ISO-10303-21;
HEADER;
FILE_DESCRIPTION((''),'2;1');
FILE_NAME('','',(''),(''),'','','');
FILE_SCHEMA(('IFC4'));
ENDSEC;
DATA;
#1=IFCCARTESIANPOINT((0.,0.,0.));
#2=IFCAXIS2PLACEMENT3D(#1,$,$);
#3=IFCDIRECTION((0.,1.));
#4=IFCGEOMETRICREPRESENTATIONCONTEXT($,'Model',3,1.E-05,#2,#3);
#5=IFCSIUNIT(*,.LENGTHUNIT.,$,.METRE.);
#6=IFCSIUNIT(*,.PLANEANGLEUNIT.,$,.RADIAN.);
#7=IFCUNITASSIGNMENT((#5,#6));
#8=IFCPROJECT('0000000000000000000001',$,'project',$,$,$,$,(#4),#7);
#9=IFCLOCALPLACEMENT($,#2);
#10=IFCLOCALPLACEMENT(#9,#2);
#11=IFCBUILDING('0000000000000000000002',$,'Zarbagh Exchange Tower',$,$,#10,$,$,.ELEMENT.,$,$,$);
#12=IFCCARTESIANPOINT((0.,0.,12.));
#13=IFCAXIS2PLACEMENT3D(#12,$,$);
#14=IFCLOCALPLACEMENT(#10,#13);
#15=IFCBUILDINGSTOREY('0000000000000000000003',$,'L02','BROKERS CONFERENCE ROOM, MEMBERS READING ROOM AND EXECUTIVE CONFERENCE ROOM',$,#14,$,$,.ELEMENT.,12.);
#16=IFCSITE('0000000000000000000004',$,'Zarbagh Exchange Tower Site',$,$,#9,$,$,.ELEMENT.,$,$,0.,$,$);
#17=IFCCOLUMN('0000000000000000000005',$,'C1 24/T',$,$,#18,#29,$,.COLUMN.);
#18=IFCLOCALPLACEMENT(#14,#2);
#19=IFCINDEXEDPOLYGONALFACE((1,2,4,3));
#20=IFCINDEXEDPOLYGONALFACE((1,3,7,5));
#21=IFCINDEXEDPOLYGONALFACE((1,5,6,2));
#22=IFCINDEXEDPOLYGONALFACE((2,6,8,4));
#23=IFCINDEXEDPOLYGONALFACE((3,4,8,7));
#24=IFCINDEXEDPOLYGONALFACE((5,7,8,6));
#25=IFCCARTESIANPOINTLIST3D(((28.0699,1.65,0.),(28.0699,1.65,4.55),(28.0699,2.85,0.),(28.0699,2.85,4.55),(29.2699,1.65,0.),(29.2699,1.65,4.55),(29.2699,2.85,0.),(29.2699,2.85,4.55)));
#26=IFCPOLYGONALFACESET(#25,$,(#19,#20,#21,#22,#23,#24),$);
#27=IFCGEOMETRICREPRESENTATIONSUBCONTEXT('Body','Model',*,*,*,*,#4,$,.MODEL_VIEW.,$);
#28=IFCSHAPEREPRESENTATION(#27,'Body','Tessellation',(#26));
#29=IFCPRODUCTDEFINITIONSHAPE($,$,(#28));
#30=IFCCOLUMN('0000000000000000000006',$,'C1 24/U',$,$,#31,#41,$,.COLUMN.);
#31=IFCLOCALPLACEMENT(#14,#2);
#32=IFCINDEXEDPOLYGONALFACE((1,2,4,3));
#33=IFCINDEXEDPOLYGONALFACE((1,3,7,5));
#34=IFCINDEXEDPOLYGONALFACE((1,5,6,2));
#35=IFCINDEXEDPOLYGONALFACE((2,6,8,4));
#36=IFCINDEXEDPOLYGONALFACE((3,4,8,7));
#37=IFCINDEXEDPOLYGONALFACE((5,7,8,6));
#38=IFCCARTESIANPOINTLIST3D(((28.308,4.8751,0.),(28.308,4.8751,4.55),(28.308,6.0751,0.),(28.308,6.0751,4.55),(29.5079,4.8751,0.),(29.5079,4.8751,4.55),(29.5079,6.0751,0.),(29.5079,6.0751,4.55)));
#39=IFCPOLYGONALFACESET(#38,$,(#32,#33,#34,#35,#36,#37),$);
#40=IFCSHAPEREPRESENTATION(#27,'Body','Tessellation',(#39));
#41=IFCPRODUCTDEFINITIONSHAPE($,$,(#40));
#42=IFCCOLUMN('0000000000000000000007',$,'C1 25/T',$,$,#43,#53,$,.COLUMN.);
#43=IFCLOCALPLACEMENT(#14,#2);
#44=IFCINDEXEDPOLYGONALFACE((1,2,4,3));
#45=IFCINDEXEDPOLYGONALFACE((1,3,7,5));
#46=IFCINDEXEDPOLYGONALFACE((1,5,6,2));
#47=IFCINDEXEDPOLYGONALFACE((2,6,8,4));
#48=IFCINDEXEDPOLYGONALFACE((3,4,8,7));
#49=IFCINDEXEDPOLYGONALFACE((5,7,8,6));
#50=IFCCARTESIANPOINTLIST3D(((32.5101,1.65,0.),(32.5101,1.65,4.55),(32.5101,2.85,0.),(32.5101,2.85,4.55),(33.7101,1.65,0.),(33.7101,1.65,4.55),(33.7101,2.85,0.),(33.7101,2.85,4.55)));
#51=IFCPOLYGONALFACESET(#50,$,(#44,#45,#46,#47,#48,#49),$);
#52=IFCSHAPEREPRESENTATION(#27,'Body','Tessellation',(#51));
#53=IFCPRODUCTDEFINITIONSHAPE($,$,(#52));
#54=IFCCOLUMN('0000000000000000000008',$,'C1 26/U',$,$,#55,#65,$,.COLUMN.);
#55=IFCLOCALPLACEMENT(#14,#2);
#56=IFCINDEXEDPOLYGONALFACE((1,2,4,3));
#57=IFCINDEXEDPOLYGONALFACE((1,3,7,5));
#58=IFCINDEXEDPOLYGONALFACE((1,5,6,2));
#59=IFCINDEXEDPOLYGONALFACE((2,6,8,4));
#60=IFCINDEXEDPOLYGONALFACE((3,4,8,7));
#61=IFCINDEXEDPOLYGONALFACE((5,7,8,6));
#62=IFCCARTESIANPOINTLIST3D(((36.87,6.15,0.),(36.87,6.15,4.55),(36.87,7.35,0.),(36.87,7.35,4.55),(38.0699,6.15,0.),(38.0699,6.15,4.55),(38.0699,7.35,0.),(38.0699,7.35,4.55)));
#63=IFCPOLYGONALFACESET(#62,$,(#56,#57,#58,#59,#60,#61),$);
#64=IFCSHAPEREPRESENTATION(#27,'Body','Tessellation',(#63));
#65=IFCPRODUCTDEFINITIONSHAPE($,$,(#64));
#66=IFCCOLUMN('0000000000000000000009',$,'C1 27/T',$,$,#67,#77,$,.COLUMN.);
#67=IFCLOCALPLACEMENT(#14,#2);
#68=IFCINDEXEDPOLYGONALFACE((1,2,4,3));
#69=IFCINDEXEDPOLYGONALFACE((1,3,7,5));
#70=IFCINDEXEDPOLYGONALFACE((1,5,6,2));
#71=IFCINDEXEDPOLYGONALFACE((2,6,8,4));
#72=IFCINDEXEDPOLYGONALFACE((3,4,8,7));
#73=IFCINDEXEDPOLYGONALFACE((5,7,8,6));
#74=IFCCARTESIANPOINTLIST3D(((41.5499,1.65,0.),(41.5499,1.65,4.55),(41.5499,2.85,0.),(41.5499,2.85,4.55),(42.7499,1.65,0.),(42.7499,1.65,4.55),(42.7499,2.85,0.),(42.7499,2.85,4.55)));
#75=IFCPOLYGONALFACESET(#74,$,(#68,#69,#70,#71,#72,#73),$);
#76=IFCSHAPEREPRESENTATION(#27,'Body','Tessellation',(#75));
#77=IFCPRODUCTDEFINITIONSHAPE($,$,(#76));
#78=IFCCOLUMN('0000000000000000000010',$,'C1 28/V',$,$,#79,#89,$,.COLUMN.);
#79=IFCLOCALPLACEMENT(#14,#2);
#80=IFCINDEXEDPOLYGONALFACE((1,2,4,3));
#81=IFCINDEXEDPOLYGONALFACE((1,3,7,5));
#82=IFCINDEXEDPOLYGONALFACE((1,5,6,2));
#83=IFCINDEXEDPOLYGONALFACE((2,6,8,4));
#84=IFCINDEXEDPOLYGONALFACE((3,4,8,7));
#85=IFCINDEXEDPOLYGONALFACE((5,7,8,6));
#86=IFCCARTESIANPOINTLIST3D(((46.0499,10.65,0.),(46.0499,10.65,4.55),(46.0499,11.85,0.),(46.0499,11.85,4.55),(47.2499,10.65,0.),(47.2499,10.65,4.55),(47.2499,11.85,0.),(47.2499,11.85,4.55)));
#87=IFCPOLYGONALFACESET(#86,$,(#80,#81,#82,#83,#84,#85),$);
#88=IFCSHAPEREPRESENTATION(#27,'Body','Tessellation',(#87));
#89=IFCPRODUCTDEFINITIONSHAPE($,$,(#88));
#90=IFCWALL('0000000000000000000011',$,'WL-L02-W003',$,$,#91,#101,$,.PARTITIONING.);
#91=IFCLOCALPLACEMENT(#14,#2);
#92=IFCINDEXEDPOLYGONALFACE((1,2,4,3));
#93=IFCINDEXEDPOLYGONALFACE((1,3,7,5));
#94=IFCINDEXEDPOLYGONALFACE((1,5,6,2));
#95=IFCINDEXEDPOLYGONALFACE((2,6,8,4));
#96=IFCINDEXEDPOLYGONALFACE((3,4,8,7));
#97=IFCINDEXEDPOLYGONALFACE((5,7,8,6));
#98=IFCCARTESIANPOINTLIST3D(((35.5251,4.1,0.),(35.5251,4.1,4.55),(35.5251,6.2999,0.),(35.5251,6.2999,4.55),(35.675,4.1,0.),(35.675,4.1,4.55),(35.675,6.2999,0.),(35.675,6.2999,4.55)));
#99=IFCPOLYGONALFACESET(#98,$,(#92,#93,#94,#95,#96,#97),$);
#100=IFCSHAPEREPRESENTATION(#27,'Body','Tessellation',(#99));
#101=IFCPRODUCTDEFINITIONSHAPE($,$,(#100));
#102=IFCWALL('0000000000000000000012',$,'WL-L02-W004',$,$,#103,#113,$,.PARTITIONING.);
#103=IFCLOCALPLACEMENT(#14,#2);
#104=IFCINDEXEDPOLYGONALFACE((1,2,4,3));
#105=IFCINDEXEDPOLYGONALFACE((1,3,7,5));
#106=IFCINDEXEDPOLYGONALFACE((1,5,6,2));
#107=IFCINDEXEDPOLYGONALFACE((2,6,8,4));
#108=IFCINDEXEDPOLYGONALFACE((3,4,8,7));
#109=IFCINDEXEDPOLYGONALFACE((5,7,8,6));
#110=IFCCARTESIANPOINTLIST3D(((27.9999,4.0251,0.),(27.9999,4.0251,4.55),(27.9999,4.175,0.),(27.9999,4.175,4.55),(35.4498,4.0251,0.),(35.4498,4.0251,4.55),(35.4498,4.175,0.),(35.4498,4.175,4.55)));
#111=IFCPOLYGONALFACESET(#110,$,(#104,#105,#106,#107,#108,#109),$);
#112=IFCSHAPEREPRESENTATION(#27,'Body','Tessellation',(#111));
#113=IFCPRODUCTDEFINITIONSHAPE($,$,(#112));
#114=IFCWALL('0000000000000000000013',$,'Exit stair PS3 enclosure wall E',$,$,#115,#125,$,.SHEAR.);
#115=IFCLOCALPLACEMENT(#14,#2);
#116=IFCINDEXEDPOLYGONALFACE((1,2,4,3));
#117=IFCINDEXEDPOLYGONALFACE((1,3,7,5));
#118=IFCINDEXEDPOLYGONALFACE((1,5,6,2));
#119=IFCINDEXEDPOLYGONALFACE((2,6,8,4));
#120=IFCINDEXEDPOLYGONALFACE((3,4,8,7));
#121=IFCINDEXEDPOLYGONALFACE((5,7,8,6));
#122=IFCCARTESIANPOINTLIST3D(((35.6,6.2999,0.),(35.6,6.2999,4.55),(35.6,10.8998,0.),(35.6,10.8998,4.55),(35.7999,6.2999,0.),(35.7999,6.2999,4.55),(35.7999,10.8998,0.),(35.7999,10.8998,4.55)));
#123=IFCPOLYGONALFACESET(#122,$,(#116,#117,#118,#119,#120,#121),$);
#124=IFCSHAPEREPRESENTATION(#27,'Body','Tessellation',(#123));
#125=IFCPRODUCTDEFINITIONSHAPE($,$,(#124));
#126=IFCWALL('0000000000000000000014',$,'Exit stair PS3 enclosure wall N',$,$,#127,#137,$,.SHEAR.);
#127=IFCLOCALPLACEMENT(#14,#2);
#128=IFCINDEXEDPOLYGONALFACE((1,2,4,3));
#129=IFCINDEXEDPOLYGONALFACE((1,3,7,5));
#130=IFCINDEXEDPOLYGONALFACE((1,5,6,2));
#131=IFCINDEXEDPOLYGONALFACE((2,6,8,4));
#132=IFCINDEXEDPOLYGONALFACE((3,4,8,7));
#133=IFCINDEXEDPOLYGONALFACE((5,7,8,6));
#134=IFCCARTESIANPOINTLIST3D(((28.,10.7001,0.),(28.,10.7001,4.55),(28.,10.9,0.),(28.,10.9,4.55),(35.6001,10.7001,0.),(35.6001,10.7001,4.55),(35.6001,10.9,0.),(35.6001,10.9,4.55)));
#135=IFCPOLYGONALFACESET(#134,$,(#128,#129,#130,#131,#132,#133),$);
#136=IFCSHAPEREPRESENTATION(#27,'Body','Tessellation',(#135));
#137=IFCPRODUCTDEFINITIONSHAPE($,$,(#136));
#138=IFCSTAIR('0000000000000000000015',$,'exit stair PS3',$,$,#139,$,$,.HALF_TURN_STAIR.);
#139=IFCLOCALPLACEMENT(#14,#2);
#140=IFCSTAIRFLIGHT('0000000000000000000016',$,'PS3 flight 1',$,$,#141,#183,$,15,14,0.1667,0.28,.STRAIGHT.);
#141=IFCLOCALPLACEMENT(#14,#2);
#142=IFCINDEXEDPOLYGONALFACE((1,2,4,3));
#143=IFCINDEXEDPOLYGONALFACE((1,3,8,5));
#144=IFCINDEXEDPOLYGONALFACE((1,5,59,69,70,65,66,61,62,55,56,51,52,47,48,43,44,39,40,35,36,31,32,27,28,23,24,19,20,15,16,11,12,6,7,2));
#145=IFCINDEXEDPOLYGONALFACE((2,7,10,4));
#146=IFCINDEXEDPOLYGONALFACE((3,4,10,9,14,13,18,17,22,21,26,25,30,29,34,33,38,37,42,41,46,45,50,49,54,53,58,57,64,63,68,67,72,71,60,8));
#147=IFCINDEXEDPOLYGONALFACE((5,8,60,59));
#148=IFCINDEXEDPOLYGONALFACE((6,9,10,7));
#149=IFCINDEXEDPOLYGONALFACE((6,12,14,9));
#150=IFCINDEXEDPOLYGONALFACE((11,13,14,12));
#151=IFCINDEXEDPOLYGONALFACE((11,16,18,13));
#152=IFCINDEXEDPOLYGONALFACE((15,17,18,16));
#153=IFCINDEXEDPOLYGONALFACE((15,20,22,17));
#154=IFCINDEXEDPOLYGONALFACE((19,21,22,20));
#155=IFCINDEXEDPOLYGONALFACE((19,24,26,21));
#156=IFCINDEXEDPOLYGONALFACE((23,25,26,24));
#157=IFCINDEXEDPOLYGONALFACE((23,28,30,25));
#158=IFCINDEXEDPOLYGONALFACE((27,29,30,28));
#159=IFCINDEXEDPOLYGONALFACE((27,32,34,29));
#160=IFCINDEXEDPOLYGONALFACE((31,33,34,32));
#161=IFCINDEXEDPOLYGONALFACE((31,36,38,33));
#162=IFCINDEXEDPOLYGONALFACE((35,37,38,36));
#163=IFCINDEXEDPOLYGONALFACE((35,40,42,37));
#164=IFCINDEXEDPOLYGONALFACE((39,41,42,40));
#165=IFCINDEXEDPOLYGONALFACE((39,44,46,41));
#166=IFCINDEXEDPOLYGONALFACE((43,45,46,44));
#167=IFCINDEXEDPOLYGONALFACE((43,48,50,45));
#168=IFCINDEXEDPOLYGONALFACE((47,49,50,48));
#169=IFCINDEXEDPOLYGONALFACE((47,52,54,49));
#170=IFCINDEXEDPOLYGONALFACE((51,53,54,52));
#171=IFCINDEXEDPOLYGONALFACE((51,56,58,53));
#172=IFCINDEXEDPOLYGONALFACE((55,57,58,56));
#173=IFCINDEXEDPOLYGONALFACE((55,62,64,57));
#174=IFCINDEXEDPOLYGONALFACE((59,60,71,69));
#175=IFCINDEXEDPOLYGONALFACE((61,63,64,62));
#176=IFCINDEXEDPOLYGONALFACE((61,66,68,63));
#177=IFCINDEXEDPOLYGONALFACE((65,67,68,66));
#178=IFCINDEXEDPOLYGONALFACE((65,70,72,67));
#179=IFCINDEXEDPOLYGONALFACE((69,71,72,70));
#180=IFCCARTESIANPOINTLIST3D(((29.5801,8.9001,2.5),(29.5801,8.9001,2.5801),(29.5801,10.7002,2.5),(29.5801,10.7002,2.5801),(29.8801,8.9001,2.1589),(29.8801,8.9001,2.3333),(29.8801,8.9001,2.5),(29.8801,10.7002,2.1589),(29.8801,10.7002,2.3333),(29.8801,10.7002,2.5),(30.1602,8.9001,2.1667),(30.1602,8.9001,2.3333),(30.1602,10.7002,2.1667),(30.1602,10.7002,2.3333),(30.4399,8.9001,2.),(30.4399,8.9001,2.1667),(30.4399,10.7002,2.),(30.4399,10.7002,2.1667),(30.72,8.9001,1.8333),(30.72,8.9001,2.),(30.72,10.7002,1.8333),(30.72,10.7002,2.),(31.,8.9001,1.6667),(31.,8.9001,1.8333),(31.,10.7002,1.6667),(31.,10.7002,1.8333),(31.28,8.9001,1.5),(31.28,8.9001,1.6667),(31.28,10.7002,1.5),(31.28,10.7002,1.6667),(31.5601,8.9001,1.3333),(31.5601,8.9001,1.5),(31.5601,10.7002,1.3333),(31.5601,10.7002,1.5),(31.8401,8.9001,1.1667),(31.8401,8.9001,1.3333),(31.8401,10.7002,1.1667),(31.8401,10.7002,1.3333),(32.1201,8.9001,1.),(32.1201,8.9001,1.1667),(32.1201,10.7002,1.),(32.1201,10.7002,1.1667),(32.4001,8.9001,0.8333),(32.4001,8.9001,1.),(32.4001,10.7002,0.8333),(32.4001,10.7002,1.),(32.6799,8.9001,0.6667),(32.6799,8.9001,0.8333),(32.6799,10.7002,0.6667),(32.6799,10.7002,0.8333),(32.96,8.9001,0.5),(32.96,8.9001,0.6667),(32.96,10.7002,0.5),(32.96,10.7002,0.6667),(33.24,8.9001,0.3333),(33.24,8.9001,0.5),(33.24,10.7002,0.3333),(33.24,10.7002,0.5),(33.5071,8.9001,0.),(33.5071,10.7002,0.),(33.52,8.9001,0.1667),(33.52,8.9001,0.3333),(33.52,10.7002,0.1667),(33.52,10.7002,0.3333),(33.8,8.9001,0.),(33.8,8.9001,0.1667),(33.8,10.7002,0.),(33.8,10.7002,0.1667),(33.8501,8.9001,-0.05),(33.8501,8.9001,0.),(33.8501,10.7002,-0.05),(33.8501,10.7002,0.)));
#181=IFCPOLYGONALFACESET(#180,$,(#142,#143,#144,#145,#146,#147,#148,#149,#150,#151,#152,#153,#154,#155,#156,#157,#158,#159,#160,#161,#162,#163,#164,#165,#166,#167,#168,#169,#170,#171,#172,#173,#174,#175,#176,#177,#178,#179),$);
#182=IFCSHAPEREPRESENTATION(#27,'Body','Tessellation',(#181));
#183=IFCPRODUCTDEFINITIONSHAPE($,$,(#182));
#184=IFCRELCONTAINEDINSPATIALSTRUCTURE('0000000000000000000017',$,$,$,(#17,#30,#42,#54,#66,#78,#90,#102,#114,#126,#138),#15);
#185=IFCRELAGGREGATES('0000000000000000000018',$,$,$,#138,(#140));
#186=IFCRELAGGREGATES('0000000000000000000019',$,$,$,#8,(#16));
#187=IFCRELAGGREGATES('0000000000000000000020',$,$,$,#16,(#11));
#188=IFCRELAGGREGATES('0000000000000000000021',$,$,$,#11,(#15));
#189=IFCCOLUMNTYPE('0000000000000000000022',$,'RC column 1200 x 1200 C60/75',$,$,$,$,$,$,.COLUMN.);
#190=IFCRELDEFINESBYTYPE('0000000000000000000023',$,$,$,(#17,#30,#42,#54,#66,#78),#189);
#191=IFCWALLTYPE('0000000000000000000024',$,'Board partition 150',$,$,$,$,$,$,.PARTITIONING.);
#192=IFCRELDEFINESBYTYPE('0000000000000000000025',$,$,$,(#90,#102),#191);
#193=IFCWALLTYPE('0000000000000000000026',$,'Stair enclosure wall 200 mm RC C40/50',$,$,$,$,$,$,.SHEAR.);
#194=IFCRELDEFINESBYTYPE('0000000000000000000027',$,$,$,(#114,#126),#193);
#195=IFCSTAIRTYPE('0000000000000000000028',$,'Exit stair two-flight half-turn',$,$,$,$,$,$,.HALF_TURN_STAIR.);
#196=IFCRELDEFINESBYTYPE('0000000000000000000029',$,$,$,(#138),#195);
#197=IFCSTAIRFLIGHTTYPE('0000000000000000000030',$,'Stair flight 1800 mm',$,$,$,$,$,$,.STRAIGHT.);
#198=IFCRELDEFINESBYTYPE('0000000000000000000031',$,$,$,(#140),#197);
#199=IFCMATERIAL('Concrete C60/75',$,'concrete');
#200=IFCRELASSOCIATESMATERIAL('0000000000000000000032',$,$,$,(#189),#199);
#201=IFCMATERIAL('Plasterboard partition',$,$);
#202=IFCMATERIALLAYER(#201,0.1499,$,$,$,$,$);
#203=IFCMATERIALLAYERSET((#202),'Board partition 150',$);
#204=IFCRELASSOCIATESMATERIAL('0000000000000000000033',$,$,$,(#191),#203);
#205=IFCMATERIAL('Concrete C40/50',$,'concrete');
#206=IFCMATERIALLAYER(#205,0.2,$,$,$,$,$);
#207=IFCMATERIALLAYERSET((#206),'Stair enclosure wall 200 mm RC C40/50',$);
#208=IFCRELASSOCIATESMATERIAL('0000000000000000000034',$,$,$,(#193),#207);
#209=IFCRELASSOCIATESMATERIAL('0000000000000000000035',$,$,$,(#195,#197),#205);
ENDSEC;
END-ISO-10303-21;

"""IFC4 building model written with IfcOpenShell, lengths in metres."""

from ifc_helpers import new_model, si_unit, direction, frame, frame_2d, origin, origin_2d, place, context, subcontext, project, spatial, polyline, rectangle, outline, extrude, material, layer, layer_set, material_profile, profile_set, type_object, element, aggregate, save


model = new_model("IFC4")

# Units and contexts
model_context = context("Model", 3, precision=1e-05, world=origin(), true_north=direction((0.0, 1.0)))
body_context = subcontext(model_context, "Body", "Model", "MODEL_VIEW")
ifc_project = project(units=[si_unit("LENGTHUNIT", "METRE"), si_unit("PLANEANGLEUNIT", "RADIAN")], contexts=[model_context])

# Site, building, storey
site_placement = place(None, origin())
site = spatial("IfcSite", under=ifc_project, at=site_placement, Name="Zarbagh Exchange Tower Site", CompositionType="ELEMENT", RefElevation=0.0)
building_placement = place(site_placement, origin())
building = spatial("IfcBuilding", under=site, at=building_placement, Name="Zarbagh Exchange Tower", CompositionType="ELEMENT")
storey_placement = place(building_placement, frame((0.0, 0.0, 12.0)))
storey = spatial("IfcBuildingStorey", under=building, at=storey_placement, Name="L02", Description="BROKERS CONFERENCE ROOM, MEMBERS READING ROOM AND EXECUTIVE CONFERENCE ROOM", CompositionType="ELEMENT", Elevation=12.0)

# Columns
ifc_material_1 = material(Name="Concrete C60/75", Category="concrete")
ifc_material_profile = material_profile(ifc_material_1, rectangle(XDim=1.2, YDim=1.2, at=origin_2d()), Name="RC column 1200 x 1200 C60/75")
ifc_profile_set = profile_set([ifc_material_profile], Name="Concrete C60/75")
column_type = type_object("IfcColumnType", Name="RC column 1200 x 1200 C60/75", PredefinedType="COLUMN", material=ifc_profile_set)
for number, where, z_axis, x_axis, name in (
    (1, (28.6699, 2.25, 0.0), (0.0, 0.0, 1.0), (1.0, 0.0, 0.0), "C1 24/T"),
    (2, (28.908, 5.4751, 0.0), (0.0, 0.0, 1.0), (1.0, 0.0, 0.0), "C1 24/U"),
    (3, (33.1101, 2.25, 0.0), (0.0, 0.0, 1.0), (1.0, 0.0, 0.0), "C1 25/T"),
    (4, (37.47, 6.75, 0.0), (0.0, 0.0, 1.0), (1.0, 0.0, 0.0), "C1 26/U"),
    (5, (42.1499, 2.25, 0.0), (0.0, 0.0, 1.0), (1.0, 0.0, 0.0), "C1 27/T"),
    (6, (46.6499, 11.25, 0.0), (0.0, 0.0, 1.0), (1.0, 0.0, 0.0), "C1 28/V"),
):
    element("IfcColumn", number, at=place(storey_placement, frame(where, z_axis=z_axis, x_axis=x_axis)), inside=storey, type_object=column_type, Name=name, PredefinedType="COLUMN", context=body_context, shape_type="SweptSolid", body=[
        extrude(rectangle(XDim=1.2, YDim=1.2, at=origin_2d()), origin(), (0.0, 0.0, 1.0), 4.55),
    ])

# Walls
ifc_material_2 = material(Name="Plasterboard partition")
ifc_layer_1 = layer(ifc_material_2, 0.1499)
ifc_layer_set_1 = layer_set([ifc_layer_1], Name="Board partition 150")
wall_type_1 = type_object("IfcWallType", Name="Board partition 150", PredefinedType="PARTITIONING", material=ifc_layer_set_1)
wall_1_placement = place(storey_placement, frame((35.6001, 6.3, 0.0), z_axis=(0.0, 0.0, 1.0), x_axis=(0.0, -1.0, 0.0)))
element("IfcWall", 7, at=wall_1_placement, inside=storey, type_object=wall_type_1, Name="WL-L02-W003", PredefinedType="PARTITIONING", context=body_context, shape_type="SweptSolid", body=[
    extrude(rectangle(XDim=2.2, YDim=0.1499, at=frame_2d((1.1001, 0.0))), origin(), (0.0, 0.0, 1.0), 4.55),
])
wall_2_placement = place(storey_placement, frame((35.45, 4.1001, 0.0), z_axis=(0.0, 0.0, 1.0), x_axis=(-1.0, 0.0, 0.0)))
element("IfcWall", 8, at=wall_2_placement, inside=storey, type_object=wall_type_1, Name="WL-L02-W004", PredefinedType="PARTITIONING", context=body_context, shape_type="SweptSolid", body=[
    extrude(rectangle(XDim=7.45, YDim=0.1499, at=frame_2d((3.7251, 0.0))), origin(), (0.0, 0.0, 1.0), 4.55),
])
ifc_material_3 = material(Name="Concrete C40/50", Category="concrete")
ifc_layer_2 = layer(ifc_material_3, 0.2)
ifc_layer_set_2 = layer_set([ifc_layer_2], Name="Stair enclosure wall 200 mm RC C40/50")
wall_type_2 = type_object("IfcWallType", Name="Stair enclosure wall 200 mm RC C40/50", PredefinedType="SHEAR", material=ifc_layer_set_2)
wall_3_placement = place(storey_placement, frame((35.7, 6.3, 0.0), z_axis=(0.0, 0.0, 1.0), x_axis=(0.0, 1.0, 0.0)))
element("IfcWall", 9, at=wall_3_placement, inside=storey, type_object=wall_type_2, Name="Exit stair PS3 enclosure wall E", PredefinedType="SHEAR", context=body_context, shape_type="SweptSolid", body=[
    extrude(rectangle(XDim=4.5999, YDim=0.2, at=frame_2d((2.2998, 0.0))), origin(), (0.0, 0.0, 1.0), 4.55),
])
wall_4_placement = place(storey_placement, frame((28.0, 10.8, 0.0), z_axis=(0.0, 0.0, 1.0), x_axis=(1.0, 0.0, 0.0)))
element("IfcWall", 10, at=wall_4_placement, inside=storey, type_object=wall_type_2, Name="Exit stair PS3 enclosure wall N", PredefinedType="SHEAR", context=body_context, shape_type="SweptSolid", body=[
    extrude(rectangle(XDim=7.6001, YDim=0.2, at=frame_2d((3.8, 0.0))), origin(), (0.0, 0.0, 1.0), 4.55),
])

# Stair, stair flight
stair_type = type_object("IfcStairType", Name="Exit stair two-flight half-turn", PredefinedType="HALF_TURN_STAIR", material=ifc_material_3)
stair_placement = place(storey_placement, origin())
stair = element("IfcStair", 11, at=stair_placement, inside=storey, type_object=stair_type, Name="exit stair PS3", PredefinedType="HALF_TURN_STAIR")
stair_flight_type = type_object("IfcStairFlightType", Name="Stair flight 1800 mm", PredefinedType="STRAIGHT", material=ifc_material_3)
stair_flight_1_placement = place(storey_placement, frame((33.8, 9.8, 0.0), z_axis=(0.0, 0.0, 1.0), x_axis=(-1.0, 0.0, 0.0)))
stair_flight_1 = element("IfcStairFlight", 12, at=stair_flight_1_placement, type_object=stair_flight_type, Name="PS3 flight 1", NumberOfRisers=15, NumberOfTreads=14, PredefinedType="STRAIGHT", RiserHeight=0.1667, TreadLength=0.28, context=body_context, shape_type="SweptSolid", body=[
    extrude(outline(polyline([(-0.05, -0.05), (-0.05, 0.0), (0.0, 0.0), (0.0, 0.1667), (0.28, 0.1667), (0.28, 0.3333), (0.5601, 0.3333), (0.5601, 0.5), (0.8401, 0.5), (0.8401, 0.6667), (1.1201, 0.6667), (1.1201, 0.8333), (1.3999, 0.8333), (1.3999, 1.0), (1.6799, 1.0), (1.6799, 1.1667), (1.96, 1.1667), (1.96, 1.3333), (2.24, 1.3333), (2.24, 1.5), (2.52, 1.5), (2.52, 1.6667), (2.8, 1.6667), (2.8, 1.8333), (3.0801, 1.8333), (3.0801, 2.0), (3.3601, 2.0), (3.3601, 2.1667), (3.6399, 2.1667), (3.6399, 2.3333), (3.9199, 2.3333), (3.9199, 2.5), (4.22, 2.5801), (4.22, 2.5), (3.9199, 2.1589), (0.293, 0.0), (-0.05, -0.05)])), frame((0.0, 0.8999, 0.0), z_axis=(0.0, -1.0, 0.0), x_axis=(1.0, 0.0, 0.0)), (0.0, 0.0, 1.0), 1.8),
])
aggregate(stair, [stair_flight_1])

save(model, "model.ifc")
